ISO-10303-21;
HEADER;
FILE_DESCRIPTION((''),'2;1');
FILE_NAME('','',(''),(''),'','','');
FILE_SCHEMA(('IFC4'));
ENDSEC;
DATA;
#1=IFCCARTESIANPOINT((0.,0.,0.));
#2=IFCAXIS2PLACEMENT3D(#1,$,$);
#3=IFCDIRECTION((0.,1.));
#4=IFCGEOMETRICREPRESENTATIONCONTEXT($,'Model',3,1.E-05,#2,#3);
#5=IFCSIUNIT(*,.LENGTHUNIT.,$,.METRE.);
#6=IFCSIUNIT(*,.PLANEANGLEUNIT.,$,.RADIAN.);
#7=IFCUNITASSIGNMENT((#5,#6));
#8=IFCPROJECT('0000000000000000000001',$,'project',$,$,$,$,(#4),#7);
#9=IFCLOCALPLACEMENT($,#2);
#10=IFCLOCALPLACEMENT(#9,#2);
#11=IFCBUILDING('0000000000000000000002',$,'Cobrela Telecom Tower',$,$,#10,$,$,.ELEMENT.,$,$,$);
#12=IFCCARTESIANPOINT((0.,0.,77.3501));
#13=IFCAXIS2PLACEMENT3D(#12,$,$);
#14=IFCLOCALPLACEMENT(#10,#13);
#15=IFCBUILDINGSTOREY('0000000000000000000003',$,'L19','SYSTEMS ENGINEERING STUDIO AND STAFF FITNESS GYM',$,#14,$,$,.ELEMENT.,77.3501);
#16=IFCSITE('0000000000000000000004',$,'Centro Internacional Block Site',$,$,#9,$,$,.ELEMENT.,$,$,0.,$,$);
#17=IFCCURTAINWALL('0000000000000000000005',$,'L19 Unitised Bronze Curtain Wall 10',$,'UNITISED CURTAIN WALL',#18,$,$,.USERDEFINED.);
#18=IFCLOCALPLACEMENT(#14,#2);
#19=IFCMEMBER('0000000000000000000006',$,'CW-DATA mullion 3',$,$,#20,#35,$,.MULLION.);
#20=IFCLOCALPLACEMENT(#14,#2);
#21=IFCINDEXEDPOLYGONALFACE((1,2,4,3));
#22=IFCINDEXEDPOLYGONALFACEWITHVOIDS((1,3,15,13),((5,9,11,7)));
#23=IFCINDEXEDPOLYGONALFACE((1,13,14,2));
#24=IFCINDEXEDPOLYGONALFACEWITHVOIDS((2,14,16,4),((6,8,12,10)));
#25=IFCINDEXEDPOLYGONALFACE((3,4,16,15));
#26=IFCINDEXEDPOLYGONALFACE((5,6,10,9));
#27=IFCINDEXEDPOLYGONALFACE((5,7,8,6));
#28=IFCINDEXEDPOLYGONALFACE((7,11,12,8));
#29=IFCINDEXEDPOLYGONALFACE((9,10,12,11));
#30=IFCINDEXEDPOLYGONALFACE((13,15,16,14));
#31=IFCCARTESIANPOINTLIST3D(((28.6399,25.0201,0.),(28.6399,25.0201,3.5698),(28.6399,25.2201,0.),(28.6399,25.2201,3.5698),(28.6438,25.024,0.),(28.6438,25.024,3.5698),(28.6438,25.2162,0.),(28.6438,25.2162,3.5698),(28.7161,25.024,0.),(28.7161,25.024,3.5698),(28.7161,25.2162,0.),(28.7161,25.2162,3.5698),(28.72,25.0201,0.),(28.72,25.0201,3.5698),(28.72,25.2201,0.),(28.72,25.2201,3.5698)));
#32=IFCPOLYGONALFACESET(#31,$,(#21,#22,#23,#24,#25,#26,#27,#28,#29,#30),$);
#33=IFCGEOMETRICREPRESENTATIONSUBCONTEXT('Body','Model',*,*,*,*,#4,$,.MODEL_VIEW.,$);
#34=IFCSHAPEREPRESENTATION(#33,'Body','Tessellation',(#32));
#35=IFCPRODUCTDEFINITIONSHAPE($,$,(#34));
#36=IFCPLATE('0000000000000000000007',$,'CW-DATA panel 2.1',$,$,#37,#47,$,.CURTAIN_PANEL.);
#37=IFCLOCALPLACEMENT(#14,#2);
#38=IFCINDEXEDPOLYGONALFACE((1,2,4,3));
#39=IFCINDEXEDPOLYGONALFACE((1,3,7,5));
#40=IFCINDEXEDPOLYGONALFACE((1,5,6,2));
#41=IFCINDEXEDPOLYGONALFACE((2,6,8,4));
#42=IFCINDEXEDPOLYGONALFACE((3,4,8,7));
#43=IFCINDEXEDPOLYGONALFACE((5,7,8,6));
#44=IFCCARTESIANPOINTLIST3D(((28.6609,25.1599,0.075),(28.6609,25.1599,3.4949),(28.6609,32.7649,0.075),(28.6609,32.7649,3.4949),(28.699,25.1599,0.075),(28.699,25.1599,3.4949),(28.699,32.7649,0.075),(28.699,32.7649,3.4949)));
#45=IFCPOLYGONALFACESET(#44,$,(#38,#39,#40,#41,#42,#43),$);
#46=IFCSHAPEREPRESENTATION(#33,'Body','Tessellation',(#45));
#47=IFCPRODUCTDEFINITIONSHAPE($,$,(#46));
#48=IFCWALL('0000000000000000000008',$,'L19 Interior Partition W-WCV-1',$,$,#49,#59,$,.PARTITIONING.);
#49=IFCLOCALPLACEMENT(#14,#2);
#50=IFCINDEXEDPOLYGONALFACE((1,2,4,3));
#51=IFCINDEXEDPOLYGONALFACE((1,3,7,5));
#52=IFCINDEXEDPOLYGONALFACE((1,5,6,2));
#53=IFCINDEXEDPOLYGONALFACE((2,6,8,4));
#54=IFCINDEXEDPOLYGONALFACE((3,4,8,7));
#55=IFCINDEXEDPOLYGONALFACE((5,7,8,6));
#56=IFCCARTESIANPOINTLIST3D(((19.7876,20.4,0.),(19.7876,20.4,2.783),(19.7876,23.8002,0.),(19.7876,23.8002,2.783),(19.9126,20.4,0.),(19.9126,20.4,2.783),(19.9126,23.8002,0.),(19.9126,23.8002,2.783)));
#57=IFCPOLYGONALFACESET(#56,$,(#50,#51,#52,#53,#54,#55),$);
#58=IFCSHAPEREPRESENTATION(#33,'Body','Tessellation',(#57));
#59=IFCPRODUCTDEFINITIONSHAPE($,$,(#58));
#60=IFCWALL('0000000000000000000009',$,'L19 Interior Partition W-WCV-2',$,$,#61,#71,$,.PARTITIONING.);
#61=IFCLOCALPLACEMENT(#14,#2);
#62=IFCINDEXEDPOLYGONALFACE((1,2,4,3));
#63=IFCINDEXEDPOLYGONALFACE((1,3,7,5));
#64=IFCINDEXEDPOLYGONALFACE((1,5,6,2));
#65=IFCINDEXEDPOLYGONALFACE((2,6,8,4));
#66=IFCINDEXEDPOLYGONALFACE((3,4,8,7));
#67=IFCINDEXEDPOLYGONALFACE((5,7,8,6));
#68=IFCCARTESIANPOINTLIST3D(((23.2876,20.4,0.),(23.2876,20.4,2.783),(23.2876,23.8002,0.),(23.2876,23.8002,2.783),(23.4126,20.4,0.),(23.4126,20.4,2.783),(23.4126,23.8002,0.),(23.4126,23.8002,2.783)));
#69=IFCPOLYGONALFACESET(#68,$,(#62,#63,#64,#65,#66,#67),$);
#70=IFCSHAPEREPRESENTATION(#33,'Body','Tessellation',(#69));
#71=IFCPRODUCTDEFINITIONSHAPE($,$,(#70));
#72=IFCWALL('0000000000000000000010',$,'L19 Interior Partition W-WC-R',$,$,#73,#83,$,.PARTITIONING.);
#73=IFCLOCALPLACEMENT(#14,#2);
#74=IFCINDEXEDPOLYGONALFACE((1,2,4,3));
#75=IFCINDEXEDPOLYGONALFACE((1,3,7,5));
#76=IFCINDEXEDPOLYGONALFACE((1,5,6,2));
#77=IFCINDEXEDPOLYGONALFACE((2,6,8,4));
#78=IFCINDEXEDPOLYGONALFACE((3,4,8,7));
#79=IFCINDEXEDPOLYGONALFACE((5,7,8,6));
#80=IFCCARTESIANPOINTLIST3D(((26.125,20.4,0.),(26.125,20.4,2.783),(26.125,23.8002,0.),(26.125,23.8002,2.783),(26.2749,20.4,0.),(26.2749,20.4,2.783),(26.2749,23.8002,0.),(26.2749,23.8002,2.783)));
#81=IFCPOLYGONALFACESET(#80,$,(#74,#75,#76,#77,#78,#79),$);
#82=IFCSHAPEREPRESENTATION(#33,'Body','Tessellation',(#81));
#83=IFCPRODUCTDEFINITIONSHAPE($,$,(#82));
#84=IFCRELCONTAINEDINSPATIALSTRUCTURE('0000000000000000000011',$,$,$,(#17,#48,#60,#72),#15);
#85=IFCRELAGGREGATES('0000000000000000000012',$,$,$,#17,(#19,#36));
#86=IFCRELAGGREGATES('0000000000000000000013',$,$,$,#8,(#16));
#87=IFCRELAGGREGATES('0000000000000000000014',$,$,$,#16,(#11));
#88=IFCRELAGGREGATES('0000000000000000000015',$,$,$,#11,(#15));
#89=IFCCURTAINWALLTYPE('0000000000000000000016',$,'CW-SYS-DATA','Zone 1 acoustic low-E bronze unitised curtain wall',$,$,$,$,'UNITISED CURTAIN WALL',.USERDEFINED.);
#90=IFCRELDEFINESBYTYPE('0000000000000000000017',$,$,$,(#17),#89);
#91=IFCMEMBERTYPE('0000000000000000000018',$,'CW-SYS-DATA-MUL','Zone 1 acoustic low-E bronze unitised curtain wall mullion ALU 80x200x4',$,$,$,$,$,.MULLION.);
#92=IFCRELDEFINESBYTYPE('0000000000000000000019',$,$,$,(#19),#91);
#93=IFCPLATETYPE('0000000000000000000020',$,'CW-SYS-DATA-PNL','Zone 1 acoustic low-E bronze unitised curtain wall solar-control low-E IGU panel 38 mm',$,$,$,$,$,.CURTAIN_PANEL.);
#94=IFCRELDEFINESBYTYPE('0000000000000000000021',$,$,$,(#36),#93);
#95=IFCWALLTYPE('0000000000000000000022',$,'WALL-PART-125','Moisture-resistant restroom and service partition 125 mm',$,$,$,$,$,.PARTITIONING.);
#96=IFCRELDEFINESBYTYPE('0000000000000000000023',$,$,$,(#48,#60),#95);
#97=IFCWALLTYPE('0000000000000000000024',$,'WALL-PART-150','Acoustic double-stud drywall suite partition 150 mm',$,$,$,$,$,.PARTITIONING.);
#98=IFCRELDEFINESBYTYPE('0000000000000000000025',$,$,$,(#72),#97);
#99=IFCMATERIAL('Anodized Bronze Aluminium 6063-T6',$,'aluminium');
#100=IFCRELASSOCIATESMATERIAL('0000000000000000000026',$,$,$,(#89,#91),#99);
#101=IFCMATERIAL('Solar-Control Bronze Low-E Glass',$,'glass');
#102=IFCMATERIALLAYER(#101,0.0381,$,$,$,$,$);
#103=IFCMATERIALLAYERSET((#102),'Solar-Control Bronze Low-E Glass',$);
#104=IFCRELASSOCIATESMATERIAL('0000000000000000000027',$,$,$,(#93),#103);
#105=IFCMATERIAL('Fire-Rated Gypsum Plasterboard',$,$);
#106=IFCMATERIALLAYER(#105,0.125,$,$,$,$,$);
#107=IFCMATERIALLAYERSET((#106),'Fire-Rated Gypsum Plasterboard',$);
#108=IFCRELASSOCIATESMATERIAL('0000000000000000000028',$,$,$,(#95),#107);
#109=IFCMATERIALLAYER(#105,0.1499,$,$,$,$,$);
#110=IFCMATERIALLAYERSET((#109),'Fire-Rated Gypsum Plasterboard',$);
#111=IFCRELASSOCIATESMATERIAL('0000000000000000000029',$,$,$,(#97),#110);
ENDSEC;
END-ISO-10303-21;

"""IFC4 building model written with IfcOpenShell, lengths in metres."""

from ifc_helpers import new_model, si_unit, direction, frame, frame_2d, origin, origin_2d, place, context, subcontext, project, spatial, rectangle, hollow_rectangle, extrude, material, layer, layer_set, material_profile, profile_set, type_object, element, aggregate, save


model = new_model("IFC4")

# Units and contexts
model_context = context("Model", 3, precision=1e-05, world=origin(), true_north=direction((0.0, 1.0)))
body_context = subcontext(model_context, "Body", "Model", "MODEL_VIEW")
ifc_project = project(units=[si_unit("LENGTHUNIT", "METRE"), si_unit("PLANEANGLEUNIT", "RADIAN")], contexts=[model_context])

# Site, building, storey
site_placement = place(None, origin())
site = spatial("IfcSite", under=ifc_project, at=site_placement, Name="Centro Internacional Block Site", CompositionType="ELEMENT", RefElevation=0.0)
building_placement = place(site_placement, origin())
building = spatial("IfcBuilding", under=site, at=building_placement, Name="Cobrela Telecom Tower", CompositionType="ELEMENT")
storey_placement = place(building_placement, frame((0.0, 0.0, 77.3501)))
storey = spatial("IfcBuildingStorey", under=building, at=storey_placement, Name="L19", Description="SYSTEMS ENGINEERING STUDIO AND STAFF FITNESS GYM", CompositionType="ELEMENT", Elevation=77.3501)

# Curtain wall, member, plate
ifc_material_1 = material(Name="Anodized Bronze Aluminium 6063-T6", Category="aluminium")
curtain_wall_type = type_object("IfcCurtainWallType", Name="CW-SYS-DATA", Description="Zone 1 acoustic low-E bronze unitised curtain wall", ElementType="UNITISED CURTAIN WALL", PredefinedType="USERDEFINED", material=ifc_material_1)
curtain_wall_placement = place(storey_placement, origin())
curtain_wall = element("IfcCurtainWall", 1, at=curtain_wall_placement, inside=storey, type_object=curtain_wall_type, Name="L19 Unitised Bronze Curtain Wall 10", ObjectType="UNITISED CURTAIN WALL", PredefinedType="USERDEFINED")
ifc_material_profile_1 = material_profile(ifc_material_1, hollow_rectangle(XDim=0.0801, YDim=0.2, WallThickness=0.0039, at=origin_2d()), Name="ALU 80x200x4")
ifc_profile_set_1 = profile_set([ifc_material_profile_1], Name="Anodized Bronze Aluminium 6063-T6")
member_type = type_object("IfcMemberType", Name="CW-SYS-DATA-MUL", Description="Zone 1 acoustic low-E bronze unitised curtain wall mullion ALU 80x200x4", PredefinedType="MULLION", material=ifc_profile_set_1)
member_placement = place(storey_placement, frame((28.6799, 25.1201, 0.0), z_axis=(0.0, 0.0, 1.0), x_axis=(1.0, 0.0, 0.0)))
member = element("IfcMember", 2, at=member_placement, type_object=member_type, Name="CW-DATA mullion 3", PredefinedType="MULLION", context=body_context, shape_type="SweptSolid", body=[
    extrude(hollow_rectangle(XDim=0.0801, YDim=0.2, WallThickness=0.0039, at=origin_2d()), origin(), (0.0, 0.0, 1.0), 3.5698),
])
ifc_material_2 = material(Name="Solar-Control Bronze Low-E Glass", Category="glass")
ifc_layer_1 = layer(ifc_material_2, 0.0381)
ifc_layer_set_1 = layer_set([ifc_layer_1], Name="Solar-Control Bronze Low-E Glass")
plate_type = type_object("IfcPlateType", Name="CW-SYS-DATA-PNL", Description="Zone 1 acoustic low-E bronze unitised curtain wall solar-control low-E IGU panel 38 mm", PredefinedType="CURTAIN_PANEL", material=ifc_layer_set_1)
plate_placement = place(storey_placement, frame((28.6799, 28.9624, 0.075), z_axis=(0.0, 0.0, 1.0), x_axis=(0.0, -1.0, 0.0)))
plate = element("IfcPlate", 3, at=plate_placement, type_object=plate_type, Name="CW-DATA panel 2.1", PredefinedType="CURTAIN_PANEL", context=body_context, shape_type="SweptSolid", body=[
    extrude(rectangle(XDim=7.605, YDim=0.0381, at=origin_2d()), origin(), (0.0, 0.0, 1.0), 3.4199),
])
aggregate(curtain_wall, [member, plate])

# Walls
ifc_material_3 = material(Name="Fire-Rated Gypsum Plasterboard")
ifc_layer_2 = layer(ifc_material_3, 0.125)
ifc_layer_set_2 = layer_set([ifc_layer_2], Name="Fire-Rated Gypsum Plasterboard")
wall_type_1 = type_object("IfcWallType", Name="WALL-PART-125", Description="Moisture-resistant restroom and service partition 125 mm", PredefinedType="PARTITIONING", material=ifc_layer_set_2)
for number, where, z_axis, x_axis, name in (
    (4, (19.8501, 20.3999, 0.0), (0.0, 0.0, 1.0), (0.0, 1.0, 0.0), "L19 Interior Partition W-WCV-1"),
    (5, (23.3501, 20.3999, 0.0), (0.0, 0.0, 1.0), (0.0, 1.0, 0.0), "L19 Interior Partition W-WCV-2"),
):
    element("IfcWall", number, at=place(storey_placement, frame(where, z_axis=z_axis, x_axis=x_axis)), inside=storey, type_object=wall_type_1, Name=name, PredefinedType="PARTITIONING", context=body_context, shape_type="SweptSolid", body=[
        extrude(rectangle(XDim=3.4001, YDim=0.125, at=frame_2d((1.7002, 0.0))), origin(), (0.0, 0.0, 1.0), 2.783),
    ])
ifc_layer_3 = layer(ifc_material_3, 0.1499)
ifc_layer_set_3 = layer_set([ifc_layer_3], Name="Fire-Rated Gypsum Plasterboard")
wall_type_2 = type_object("IfcWallType", Name="WALL-PART-150", Description="Acoustic double-stud drywall suite partition 150 mm", PredefinedType="PARTITIONING", material=ifc_layer_set_3)
wall_placement = place(storey_placement, frame((26.2, 20.3999, 0.0), z_axis=(0.0, 0.0, 1.0), x_axis=(0.0, 1.0, 0.0)))
element("IfcWall", 6, at=wall_placement, inside=storey, type_object=wall_type_2, Name="L19 Interior Partition W-WC-R", PredefinedType="PARTITIONING", context=body_context, shape_type="SweptSolid", body=[
    extrude(rectangle(XDim=3.4001, YDim=0.1499, at=frame_2d((1.7002, 0.0))), origin(), (0.0, 0.0, 1.0), 2.783),
])

save(model, "model.ifc")
